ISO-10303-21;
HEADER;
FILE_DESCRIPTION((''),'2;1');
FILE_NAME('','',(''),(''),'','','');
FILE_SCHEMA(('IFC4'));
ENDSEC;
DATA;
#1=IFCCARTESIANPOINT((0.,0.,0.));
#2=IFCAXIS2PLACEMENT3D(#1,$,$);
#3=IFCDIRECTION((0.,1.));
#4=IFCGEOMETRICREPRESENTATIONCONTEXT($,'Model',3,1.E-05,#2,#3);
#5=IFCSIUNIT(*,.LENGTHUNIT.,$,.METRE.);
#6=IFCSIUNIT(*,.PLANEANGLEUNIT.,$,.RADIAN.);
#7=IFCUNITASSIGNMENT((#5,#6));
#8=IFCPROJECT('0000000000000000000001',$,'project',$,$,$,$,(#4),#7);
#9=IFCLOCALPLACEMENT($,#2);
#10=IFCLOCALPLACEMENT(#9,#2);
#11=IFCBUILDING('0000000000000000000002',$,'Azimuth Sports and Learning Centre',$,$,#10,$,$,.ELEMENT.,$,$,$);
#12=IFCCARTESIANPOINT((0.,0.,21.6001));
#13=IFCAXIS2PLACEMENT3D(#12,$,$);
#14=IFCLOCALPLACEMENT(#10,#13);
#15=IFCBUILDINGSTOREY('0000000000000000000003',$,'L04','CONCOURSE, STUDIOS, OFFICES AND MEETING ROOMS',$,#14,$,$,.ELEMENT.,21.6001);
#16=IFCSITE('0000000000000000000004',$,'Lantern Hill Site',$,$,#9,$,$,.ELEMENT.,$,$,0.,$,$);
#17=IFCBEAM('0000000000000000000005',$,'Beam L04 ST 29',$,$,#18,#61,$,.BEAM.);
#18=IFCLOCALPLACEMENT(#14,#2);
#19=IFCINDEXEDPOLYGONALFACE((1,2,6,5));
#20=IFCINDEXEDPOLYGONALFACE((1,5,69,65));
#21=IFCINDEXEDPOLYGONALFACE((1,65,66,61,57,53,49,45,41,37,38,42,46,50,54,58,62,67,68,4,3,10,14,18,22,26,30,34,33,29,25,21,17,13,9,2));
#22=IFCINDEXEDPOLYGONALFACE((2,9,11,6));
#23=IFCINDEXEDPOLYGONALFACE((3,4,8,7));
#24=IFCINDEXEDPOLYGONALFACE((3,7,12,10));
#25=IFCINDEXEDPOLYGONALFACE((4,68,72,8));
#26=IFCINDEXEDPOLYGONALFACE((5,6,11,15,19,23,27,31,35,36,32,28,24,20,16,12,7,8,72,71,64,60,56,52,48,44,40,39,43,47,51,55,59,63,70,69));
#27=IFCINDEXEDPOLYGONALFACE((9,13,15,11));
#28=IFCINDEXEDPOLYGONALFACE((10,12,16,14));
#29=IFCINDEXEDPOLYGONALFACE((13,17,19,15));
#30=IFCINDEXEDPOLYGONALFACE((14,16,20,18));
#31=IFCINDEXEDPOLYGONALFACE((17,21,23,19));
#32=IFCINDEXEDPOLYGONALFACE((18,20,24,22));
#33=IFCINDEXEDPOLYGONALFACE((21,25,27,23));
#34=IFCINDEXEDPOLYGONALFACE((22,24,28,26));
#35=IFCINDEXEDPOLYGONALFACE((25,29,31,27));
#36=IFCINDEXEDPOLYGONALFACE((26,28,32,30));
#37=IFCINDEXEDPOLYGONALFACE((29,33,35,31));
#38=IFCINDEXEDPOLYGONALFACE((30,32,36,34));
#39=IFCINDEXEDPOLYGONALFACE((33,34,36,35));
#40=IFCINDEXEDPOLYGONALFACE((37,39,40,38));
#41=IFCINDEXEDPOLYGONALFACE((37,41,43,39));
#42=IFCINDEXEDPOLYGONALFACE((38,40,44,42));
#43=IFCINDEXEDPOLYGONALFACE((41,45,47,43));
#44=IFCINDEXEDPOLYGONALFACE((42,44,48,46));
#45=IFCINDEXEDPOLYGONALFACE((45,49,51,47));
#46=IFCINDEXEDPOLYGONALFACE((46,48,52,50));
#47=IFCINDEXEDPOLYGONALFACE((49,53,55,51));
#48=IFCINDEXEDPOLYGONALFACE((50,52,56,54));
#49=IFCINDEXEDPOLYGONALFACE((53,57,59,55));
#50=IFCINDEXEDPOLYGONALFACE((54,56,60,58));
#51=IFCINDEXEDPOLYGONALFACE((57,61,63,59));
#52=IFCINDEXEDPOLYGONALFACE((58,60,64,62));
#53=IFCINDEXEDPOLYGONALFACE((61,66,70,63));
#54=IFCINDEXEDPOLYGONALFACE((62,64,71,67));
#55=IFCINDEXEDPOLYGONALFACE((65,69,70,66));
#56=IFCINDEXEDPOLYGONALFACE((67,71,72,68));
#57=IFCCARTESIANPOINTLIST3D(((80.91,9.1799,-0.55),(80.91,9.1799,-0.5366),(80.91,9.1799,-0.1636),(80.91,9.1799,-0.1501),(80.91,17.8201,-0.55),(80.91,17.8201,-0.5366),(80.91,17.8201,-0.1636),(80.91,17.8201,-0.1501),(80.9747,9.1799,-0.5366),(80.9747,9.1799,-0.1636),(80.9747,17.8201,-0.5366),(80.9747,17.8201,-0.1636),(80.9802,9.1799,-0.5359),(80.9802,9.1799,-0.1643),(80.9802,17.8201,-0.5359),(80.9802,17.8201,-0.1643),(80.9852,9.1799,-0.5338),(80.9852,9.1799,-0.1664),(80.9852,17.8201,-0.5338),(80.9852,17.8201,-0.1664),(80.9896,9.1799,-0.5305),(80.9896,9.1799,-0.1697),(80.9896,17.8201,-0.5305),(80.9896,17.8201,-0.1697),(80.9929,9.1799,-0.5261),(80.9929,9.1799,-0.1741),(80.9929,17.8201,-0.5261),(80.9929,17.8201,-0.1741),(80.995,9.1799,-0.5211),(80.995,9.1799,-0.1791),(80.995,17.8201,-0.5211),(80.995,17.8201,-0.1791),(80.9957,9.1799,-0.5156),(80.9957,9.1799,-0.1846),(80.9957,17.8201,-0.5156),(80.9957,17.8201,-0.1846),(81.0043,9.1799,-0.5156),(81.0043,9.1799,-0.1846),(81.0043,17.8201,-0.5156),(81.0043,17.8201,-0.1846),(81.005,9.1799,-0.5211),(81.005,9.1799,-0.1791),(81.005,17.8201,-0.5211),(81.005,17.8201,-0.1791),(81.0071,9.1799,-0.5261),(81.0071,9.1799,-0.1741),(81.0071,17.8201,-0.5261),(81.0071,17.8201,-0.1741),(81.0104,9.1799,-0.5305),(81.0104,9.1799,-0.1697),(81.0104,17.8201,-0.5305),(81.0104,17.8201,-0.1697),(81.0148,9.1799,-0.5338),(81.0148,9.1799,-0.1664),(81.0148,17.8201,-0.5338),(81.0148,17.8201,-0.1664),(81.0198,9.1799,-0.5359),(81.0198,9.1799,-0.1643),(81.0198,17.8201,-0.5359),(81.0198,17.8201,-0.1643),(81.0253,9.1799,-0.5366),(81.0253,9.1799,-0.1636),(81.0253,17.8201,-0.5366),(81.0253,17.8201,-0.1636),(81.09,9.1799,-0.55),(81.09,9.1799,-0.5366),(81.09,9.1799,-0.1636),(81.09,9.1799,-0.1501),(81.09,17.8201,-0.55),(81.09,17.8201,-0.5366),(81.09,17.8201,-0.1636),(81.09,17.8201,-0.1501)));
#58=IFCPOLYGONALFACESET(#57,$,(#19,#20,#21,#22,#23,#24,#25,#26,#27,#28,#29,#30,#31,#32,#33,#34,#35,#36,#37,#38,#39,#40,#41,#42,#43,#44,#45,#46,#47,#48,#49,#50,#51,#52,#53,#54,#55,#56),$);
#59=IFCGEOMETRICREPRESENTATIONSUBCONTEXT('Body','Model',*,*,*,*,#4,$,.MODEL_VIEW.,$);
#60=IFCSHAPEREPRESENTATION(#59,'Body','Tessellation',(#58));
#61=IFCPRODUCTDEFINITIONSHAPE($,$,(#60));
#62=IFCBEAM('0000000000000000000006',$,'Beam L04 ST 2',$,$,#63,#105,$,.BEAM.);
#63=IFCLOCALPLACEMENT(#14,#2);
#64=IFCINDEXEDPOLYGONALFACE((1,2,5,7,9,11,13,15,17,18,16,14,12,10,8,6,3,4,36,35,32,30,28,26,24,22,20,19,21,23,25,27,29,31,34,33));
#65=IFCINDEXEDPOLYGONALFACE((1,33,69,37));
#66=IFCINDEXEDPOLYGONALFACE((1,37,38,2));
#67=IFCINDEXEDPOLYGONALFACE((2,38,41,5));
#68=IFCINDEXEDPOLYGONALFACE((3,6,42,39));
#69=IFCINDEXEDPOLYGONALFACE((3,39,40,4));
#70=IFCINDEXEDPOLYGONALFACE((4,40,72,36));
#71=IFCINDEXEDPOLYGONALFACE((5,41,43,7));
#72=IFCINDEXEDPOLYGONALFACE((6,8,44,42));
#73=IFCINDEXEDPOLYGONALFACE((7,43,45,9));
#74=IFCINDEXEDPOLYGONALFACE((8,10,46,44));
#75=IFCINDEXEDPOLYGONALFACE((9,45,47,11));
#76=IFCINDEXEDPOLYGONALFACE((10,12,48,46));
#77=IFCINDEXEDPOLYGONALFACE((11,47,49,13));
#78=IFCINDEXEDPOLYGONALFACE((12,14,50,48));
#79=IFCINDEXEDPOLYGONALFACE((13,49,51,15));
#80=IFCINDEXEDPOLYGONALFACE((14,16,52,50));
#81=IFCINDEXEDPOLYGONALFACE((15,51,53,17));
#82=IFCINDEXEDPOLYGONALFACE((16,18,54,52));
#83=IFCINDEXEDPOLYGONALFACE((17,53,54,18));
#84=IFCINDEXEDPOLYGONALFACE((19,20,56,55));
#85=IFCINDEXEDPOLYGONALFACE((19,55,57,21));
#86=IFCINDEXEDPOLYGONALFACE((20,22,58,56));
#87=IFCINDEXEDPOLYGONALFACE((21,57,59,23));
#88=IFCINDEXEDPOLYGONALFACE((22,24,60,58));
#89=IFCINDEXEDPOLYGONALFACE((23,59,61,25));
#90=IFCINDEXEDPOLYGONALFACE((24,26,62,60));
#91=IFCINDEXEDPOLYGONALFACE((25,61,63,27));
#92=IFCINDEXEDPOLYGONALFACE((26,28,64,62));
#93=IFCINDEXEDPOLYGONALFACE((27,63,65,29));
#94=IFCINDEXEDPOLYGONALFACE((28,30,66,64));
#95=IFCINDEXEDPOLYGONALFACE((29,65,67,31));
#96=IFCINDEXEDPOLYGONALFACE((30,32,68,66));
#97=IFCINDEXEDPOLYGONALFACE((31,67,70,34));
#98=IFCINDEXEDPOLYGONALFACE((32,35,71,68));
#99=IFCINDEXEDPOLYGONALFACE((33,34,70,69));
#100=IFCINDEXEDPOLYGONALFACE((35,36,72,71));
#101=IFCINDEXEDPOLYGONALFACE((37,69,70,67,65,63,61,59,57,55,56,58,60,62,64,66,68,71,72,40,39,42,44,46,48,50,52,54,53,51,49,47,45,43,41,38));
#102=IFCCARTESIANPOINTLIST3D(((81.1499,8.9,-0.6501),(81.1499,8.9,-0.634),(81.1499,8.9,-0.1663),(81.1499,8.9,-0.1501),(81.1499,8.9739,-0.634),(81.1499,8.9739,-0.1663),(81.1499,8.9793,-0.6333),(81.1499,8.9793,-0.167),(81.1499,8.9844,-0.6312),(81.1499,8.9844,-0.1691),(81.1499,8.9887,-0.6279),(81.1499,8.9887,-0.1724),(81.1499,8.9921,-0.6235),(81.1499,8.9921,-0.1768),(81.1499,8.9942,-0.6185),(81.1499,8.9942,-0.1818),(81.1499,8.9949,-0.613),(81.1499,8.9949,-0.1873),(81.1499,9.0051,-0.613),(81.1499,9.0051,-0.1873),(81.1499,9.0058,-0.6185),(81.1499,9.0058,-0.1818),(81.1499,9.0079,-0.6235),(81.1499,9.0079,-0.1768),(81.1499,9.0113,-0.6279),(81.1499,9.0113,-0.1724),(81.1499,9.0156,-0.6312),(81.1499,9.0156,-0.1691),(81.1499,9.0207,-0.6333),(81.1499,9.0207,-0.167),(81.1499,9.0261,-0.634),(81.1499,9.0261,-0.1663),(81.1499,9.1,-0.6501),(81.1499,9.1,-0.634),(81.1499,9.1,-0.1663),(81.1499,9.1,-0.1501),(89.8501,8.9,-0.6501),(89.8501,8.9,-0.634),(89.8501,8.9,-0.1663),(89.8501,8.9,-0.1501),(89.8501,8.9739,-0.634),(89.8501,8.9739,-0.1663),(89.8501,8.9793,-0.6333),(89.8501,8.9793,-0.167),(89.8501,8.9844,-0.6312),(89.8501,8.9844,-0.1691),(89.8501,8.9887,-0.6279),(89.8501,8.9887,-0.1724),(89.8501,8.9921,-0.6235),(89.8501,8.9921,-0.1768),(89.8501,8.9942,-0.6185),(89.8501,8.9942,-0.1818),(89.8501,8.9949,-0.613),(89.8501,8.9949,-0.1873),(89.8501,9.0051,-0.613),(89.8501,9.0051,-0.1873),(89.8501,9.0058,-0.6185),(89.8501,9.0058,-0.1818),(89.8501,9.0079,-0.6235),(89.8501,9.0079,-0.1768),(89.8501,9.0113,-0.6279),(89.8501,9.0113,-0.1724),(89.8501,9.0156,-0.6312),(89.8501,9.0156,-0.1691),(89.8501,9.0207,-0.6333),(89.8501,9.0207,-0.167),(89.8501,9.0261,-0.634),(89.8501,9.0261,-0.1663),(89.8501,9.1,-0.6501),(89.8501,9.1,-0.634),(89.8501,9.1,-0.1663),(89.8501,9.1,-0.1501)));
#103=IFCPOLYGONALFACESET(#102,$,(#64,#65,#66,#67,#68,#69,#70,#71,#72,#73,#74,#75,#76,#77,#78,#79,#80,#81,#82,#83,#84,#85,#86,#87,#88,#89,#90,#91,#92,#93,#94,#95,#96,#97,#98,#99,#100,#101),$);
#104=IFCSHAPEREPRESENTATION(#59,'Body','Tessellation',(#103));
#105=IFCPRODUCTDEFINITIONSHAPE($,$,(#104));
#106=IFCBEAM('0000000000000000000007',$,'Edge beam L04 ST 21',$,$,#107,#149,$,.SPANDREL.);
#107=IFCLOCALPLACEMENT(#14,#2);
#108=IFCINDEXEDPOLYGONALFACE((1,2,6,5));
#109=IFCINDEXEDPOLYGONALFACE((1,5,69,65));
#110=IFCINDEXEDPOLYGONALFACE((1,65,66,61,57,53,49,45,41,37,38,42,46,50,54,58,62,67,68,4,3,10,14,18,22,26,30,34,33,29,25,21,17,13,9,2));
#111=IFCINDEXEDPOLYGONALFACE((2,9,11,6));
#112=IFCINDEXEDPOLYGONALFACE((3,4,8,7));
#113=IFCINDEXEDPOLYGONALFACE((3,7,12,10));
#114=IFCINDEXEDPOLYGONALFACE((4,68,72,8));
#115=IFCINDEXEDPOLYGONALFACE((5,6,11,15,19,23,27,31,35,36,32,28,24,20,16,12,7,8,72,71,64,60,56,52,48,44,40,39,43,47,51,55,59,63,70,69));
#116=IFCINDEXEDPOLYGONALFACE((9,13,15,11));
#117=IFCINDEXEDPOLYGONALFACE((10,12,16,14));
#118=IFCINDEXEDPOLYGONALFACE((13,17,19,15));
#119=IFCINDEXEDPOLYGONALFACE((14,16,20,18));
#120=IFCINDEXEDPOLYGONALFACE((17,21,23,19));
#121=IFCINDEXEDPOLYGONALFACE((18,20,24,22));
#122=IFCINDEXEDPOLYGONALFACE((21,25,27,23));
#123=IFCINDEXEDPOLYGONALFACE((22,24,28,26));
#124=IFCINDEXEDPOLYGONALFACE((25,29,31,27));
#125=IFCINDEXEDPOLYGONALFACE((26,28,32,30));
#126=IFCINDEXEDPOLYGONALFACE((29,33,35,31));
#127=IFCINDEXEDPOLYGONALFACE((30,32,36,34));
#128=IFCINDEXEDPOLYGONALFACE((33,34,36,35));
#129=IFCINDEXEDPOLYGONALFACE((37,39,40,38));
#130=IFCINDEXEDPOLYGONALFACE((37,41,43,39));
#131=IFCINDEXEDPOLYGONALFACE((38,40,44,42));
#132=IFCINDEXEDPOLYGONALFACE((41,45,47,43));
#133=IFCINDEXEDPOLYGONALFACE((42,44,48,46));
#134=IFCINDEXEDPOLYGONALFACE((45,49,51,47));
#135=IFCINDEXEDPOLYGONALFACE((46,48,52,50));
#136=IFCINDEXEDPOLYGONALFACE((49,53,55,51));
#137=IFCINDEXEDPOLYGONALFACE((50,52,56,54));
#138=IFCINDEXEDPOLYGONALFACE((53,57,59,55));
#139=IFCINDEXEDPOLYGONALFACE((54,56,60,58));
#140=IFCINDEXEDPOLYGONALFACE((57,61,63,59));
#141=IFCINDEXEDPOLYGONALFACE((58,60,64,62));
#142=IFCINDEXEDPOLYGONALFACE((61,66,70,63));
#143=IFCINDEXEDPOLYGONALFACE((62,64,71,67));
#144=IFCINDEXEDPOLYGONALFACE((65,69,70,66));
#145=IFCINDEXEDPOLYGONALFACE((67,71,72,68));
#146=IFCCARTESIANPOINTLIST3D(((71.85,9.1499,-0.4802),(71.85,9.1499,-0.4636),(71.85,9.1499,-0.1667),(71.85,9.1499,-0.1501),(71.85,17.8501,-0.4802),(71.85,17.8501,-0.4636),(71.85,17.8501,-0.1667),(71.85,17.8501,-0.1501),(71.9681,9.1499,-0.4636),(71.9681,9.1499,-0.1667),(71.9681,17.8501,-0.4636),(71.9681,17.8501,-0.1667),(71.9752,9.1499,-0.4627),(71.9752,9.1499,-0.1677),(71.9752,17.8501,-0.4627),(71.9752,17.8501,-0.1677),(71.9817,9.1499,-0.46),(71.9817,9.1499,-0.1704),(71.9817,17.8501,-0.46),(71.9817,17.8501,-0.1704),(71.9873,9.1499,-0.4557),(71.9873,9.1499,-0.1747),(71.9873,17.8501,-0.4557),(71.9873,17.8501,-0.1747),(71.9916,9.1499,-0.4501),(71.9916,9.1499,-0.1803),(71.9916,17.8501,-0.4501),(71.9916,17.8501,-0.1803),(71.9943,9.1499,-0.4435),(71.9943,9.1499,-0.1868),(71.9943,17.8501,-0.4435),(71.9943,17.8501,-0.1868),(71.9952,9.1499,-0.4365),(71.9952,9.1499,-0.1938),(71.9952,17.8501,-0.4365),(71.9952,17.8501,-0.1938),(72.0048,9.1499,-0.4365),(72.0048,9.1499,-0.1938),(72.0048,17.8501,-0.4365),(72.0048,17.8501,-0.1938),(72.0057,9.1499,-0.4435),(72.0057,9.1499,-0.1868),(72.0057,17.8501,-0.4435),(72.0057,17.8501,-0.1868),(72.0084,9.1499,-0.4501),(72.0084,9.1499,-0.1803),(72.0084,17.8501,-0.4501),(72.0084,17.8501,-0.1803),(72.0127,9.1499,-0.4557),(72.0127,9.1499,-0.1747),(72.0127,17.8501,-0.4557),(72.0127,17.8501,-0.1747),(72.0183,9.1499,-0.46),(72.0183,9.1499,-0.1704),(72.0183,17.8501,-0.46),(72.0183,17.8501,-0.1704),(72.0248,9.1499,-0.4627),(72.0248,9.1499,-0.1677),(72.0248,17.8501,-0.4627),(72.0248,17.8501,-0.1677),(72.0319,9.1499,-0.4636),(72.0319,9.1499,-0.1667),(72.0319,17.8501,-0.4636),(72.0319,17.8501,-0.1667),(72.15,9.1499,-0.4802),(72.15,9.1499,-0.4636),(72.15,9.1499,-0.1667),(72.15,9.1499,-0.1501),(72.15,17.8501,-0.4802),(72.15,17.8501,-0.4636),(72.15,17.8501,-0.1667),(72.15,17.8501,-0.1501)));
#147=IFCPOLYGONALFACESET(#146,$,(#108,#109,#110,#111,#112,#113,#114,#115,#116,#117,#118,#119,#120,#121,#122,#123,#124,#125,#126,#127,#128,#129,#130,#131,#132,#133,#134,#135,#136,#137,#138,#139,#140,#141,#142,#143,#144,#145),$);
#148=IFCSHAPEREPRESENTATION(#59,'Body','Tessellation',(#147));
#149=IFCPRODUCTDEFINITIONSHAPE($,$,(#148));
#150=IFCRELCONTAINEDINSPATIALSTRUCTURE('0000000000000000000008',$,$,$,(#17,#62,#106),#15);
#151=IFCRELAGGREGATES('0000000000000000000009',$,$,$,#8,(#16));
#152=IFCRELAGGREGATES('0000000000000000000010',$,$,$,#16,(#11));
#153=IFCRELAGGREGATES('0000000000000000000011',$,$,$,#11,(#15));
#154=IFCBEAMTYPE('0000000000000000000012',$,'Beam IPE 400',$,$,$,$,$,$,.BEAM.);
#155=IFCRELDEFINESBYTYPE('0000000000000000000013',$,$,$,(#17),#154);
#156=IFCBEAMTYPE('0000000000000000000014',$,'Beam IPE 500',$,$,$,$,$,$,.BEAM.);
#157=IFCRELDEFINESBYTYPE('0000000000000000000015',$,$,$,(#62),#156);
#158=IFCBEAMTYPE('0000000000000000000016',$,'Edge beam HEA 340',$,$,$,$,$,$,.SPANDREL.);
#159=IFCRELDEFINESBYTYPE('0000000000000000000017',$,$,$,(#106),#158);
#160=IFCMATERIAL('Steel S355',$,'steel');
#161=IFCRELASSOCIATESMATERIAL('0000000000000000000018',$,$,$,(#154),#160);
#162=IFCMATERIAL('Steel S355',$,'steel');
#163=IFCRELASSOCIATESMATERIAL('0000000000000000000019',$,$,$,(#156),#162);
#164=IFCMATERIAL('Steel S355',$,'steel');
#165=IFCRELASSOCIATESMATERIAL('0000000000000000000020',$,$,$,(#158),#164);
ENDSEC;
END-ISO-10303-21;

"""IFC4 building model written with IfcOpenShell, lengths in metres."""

from ifc_helpers import new_model, si_unit, direction, frame, origin, origin_2d, place, context, subcontext, project, spatial, i_section, extrude, material, material_profile, profile_set, type_object, element, save


model = new_model("IFC4")

# Units and contexts
model_context = context("Model", 3, precision=1e-05, world=origin(), true_north=direction((0.0, 1.0)))
body_context = subcontext(model_context, "Body", "Model", "MODEL_VIEW")
ifc_project = project(units=[si_unit("LENGTHUNIT", "METRE"), si_unit("PLANEANGLEUNIT", "RADIAN")], contexts=[model_context])

# Site, building, storey
site_placement = place(None, origin())
site = spatial("IfcSite", under=ifc_project, at=site_placement, Name="Lantern Hill Site", CompositionType="ELEMENT", RefElevation=0.0)
building_placement = place(site_placement, origin())
building = spatial("IfcBuilding", under=site, at=building_placement, Name="Azimuth Sports and Learning Centre", CompositionType="ELEMENT")
storey_placement = place(building_placement, frame((0.0, 0.0, 21.6001)))
storey = spatial("IfcBuildingStorey", under=building, at=storey_placement, Name="L04", Description="CONCOURSE, STUDIOS, OFFICES AND MEETING ROOMS", CompositionType="ELEMENT", Elevation=21.6001)

# Beams
ifc_material_1 = material(Name="Steel S355", Category="steel")
ifc_material_profile_1 = material_profile(ifc_material_1, i_section(OverallWidth=0.1799, OverallDepth=0.3999, WebThickness=0.0085, FlangeThickness=0.0134, FilletRadius=0.021, at=origin_2d()), Name="IPE 400")
ifc_profile_set_1 = profile_set([ifc_material_profile_1], Name="Steel S355")
beam_type_1 = type_object("IfcBeamType", Name="Beam IPE 400", PredefinedType="BEAM", material=ifc_profile_set_1)
beam_1_placement = place(storey_placement, frame((81.0, 9.1799, -0.3501), z_axis=(0.0, 1.0, 0.0), x_axis=(-1.0, 0.0, 0.0)))
element("IfcBeam", 1, at=beam_1_placement, inside=storey, type_object=beam_type_1, Name="Beam L04 ST 29", PredefinedType="BEAM", context=body_context, shape_type="SweptSolid", body=[
    extrude(i_section(OverallWidth=0.1799, OverallDepth=0.3999, WebThickness=0.0085, FlangeThickness=0.0134, FilletRadius=0.021, at=origin_2d()), origin(), (0.0, 0.0, 1.0), 8.6401),
])
ifc_material_2 = material(Name="Steel S355", Category="steel")
ifc_material_profile_2 = material_profile(ifc_material_2, i_section(OverallWidth=0.2, OverallDepth=0.5, WebThickness=0.0103, FlangeThickness=0.0161, FilletRadius=0.021, at=origin_2d()), Name="IPE 500")
ifc_profile_set_2 = profile_set([ifc_material_profile_2], Name="Steel S355")
beam_type_2 = type_object("IfcBeamType", Name="Beam IPE 500", PredefinedType="BEAM", material=ifc_profile_set_2)
beam_2_placement = place(storey_placement, frame((81.1499, 9.0, -0.4001), z_axis=(1.0, 0.0, 0.0), x_axis=(0.0, 1.0, 0.0)))
element("IfcBeam", 2, at=beam_2_placement, inside=storey, type_object=beam_type_2, Name="Beam L04 ST 2", PredefinedType="BEAM", context=body_context, shape_type="SweptSolid", body=[
    extrude(i_section(OverallWidth=0.2, OverallDepth=0.5, WebThickness=0.0103, FlangeThickness=0.0161, FilletRadius=0.021, at=origin_2d()), origin(), (0.0, 0.0, 1.0), 8.7002),
])
ifc_material_3 = material(Name="Steel S355", Category="steel")
ifc_material_profile_3 = material_profile(ifc_material_3, i_section(OverallWidth=0.3, OverallDepth=0.3301, WebThickness=0.0095, FlangeThickness=0.0166, FilletRadius=0.0271, at=origin_2d()), Name="HEA 340")
ifc_profile_set_3 = profile_set([ifc_material_profile_3], Name="Steel S355")
beam_type_3 = type_object("IfcBeamType", Name="Edge beam HEA 340", PredefinedType="SPANDREL", material=ifc_profile_set_3)
beam_3_placement = place(storey_placement, frame((72.0, 9.1499, -0.3152), z_axis=(0.0, 1.0, 0.0), x_axis=(-1.0, 0.0, 0.0)))
element("IfcBeam", 3, at=beam_3_placement, inside=storey, type_object=beam_type_3, Name="Edge beam L04 ST 21", PredefinedType="SPANDREL", context=body_context, shape_type="SweptSolid", body=[
    extrude(i_section(OverallWidth=0.3, OverallDepth=0.3301, WebThickness=0.0095, FlangeThickness=0.0166, FilletRadius=0.0271, at=origin_2d()), origin(), (0.0, 0.0, 1.0), 8.7002),
])

save(model, "model.ifc")
